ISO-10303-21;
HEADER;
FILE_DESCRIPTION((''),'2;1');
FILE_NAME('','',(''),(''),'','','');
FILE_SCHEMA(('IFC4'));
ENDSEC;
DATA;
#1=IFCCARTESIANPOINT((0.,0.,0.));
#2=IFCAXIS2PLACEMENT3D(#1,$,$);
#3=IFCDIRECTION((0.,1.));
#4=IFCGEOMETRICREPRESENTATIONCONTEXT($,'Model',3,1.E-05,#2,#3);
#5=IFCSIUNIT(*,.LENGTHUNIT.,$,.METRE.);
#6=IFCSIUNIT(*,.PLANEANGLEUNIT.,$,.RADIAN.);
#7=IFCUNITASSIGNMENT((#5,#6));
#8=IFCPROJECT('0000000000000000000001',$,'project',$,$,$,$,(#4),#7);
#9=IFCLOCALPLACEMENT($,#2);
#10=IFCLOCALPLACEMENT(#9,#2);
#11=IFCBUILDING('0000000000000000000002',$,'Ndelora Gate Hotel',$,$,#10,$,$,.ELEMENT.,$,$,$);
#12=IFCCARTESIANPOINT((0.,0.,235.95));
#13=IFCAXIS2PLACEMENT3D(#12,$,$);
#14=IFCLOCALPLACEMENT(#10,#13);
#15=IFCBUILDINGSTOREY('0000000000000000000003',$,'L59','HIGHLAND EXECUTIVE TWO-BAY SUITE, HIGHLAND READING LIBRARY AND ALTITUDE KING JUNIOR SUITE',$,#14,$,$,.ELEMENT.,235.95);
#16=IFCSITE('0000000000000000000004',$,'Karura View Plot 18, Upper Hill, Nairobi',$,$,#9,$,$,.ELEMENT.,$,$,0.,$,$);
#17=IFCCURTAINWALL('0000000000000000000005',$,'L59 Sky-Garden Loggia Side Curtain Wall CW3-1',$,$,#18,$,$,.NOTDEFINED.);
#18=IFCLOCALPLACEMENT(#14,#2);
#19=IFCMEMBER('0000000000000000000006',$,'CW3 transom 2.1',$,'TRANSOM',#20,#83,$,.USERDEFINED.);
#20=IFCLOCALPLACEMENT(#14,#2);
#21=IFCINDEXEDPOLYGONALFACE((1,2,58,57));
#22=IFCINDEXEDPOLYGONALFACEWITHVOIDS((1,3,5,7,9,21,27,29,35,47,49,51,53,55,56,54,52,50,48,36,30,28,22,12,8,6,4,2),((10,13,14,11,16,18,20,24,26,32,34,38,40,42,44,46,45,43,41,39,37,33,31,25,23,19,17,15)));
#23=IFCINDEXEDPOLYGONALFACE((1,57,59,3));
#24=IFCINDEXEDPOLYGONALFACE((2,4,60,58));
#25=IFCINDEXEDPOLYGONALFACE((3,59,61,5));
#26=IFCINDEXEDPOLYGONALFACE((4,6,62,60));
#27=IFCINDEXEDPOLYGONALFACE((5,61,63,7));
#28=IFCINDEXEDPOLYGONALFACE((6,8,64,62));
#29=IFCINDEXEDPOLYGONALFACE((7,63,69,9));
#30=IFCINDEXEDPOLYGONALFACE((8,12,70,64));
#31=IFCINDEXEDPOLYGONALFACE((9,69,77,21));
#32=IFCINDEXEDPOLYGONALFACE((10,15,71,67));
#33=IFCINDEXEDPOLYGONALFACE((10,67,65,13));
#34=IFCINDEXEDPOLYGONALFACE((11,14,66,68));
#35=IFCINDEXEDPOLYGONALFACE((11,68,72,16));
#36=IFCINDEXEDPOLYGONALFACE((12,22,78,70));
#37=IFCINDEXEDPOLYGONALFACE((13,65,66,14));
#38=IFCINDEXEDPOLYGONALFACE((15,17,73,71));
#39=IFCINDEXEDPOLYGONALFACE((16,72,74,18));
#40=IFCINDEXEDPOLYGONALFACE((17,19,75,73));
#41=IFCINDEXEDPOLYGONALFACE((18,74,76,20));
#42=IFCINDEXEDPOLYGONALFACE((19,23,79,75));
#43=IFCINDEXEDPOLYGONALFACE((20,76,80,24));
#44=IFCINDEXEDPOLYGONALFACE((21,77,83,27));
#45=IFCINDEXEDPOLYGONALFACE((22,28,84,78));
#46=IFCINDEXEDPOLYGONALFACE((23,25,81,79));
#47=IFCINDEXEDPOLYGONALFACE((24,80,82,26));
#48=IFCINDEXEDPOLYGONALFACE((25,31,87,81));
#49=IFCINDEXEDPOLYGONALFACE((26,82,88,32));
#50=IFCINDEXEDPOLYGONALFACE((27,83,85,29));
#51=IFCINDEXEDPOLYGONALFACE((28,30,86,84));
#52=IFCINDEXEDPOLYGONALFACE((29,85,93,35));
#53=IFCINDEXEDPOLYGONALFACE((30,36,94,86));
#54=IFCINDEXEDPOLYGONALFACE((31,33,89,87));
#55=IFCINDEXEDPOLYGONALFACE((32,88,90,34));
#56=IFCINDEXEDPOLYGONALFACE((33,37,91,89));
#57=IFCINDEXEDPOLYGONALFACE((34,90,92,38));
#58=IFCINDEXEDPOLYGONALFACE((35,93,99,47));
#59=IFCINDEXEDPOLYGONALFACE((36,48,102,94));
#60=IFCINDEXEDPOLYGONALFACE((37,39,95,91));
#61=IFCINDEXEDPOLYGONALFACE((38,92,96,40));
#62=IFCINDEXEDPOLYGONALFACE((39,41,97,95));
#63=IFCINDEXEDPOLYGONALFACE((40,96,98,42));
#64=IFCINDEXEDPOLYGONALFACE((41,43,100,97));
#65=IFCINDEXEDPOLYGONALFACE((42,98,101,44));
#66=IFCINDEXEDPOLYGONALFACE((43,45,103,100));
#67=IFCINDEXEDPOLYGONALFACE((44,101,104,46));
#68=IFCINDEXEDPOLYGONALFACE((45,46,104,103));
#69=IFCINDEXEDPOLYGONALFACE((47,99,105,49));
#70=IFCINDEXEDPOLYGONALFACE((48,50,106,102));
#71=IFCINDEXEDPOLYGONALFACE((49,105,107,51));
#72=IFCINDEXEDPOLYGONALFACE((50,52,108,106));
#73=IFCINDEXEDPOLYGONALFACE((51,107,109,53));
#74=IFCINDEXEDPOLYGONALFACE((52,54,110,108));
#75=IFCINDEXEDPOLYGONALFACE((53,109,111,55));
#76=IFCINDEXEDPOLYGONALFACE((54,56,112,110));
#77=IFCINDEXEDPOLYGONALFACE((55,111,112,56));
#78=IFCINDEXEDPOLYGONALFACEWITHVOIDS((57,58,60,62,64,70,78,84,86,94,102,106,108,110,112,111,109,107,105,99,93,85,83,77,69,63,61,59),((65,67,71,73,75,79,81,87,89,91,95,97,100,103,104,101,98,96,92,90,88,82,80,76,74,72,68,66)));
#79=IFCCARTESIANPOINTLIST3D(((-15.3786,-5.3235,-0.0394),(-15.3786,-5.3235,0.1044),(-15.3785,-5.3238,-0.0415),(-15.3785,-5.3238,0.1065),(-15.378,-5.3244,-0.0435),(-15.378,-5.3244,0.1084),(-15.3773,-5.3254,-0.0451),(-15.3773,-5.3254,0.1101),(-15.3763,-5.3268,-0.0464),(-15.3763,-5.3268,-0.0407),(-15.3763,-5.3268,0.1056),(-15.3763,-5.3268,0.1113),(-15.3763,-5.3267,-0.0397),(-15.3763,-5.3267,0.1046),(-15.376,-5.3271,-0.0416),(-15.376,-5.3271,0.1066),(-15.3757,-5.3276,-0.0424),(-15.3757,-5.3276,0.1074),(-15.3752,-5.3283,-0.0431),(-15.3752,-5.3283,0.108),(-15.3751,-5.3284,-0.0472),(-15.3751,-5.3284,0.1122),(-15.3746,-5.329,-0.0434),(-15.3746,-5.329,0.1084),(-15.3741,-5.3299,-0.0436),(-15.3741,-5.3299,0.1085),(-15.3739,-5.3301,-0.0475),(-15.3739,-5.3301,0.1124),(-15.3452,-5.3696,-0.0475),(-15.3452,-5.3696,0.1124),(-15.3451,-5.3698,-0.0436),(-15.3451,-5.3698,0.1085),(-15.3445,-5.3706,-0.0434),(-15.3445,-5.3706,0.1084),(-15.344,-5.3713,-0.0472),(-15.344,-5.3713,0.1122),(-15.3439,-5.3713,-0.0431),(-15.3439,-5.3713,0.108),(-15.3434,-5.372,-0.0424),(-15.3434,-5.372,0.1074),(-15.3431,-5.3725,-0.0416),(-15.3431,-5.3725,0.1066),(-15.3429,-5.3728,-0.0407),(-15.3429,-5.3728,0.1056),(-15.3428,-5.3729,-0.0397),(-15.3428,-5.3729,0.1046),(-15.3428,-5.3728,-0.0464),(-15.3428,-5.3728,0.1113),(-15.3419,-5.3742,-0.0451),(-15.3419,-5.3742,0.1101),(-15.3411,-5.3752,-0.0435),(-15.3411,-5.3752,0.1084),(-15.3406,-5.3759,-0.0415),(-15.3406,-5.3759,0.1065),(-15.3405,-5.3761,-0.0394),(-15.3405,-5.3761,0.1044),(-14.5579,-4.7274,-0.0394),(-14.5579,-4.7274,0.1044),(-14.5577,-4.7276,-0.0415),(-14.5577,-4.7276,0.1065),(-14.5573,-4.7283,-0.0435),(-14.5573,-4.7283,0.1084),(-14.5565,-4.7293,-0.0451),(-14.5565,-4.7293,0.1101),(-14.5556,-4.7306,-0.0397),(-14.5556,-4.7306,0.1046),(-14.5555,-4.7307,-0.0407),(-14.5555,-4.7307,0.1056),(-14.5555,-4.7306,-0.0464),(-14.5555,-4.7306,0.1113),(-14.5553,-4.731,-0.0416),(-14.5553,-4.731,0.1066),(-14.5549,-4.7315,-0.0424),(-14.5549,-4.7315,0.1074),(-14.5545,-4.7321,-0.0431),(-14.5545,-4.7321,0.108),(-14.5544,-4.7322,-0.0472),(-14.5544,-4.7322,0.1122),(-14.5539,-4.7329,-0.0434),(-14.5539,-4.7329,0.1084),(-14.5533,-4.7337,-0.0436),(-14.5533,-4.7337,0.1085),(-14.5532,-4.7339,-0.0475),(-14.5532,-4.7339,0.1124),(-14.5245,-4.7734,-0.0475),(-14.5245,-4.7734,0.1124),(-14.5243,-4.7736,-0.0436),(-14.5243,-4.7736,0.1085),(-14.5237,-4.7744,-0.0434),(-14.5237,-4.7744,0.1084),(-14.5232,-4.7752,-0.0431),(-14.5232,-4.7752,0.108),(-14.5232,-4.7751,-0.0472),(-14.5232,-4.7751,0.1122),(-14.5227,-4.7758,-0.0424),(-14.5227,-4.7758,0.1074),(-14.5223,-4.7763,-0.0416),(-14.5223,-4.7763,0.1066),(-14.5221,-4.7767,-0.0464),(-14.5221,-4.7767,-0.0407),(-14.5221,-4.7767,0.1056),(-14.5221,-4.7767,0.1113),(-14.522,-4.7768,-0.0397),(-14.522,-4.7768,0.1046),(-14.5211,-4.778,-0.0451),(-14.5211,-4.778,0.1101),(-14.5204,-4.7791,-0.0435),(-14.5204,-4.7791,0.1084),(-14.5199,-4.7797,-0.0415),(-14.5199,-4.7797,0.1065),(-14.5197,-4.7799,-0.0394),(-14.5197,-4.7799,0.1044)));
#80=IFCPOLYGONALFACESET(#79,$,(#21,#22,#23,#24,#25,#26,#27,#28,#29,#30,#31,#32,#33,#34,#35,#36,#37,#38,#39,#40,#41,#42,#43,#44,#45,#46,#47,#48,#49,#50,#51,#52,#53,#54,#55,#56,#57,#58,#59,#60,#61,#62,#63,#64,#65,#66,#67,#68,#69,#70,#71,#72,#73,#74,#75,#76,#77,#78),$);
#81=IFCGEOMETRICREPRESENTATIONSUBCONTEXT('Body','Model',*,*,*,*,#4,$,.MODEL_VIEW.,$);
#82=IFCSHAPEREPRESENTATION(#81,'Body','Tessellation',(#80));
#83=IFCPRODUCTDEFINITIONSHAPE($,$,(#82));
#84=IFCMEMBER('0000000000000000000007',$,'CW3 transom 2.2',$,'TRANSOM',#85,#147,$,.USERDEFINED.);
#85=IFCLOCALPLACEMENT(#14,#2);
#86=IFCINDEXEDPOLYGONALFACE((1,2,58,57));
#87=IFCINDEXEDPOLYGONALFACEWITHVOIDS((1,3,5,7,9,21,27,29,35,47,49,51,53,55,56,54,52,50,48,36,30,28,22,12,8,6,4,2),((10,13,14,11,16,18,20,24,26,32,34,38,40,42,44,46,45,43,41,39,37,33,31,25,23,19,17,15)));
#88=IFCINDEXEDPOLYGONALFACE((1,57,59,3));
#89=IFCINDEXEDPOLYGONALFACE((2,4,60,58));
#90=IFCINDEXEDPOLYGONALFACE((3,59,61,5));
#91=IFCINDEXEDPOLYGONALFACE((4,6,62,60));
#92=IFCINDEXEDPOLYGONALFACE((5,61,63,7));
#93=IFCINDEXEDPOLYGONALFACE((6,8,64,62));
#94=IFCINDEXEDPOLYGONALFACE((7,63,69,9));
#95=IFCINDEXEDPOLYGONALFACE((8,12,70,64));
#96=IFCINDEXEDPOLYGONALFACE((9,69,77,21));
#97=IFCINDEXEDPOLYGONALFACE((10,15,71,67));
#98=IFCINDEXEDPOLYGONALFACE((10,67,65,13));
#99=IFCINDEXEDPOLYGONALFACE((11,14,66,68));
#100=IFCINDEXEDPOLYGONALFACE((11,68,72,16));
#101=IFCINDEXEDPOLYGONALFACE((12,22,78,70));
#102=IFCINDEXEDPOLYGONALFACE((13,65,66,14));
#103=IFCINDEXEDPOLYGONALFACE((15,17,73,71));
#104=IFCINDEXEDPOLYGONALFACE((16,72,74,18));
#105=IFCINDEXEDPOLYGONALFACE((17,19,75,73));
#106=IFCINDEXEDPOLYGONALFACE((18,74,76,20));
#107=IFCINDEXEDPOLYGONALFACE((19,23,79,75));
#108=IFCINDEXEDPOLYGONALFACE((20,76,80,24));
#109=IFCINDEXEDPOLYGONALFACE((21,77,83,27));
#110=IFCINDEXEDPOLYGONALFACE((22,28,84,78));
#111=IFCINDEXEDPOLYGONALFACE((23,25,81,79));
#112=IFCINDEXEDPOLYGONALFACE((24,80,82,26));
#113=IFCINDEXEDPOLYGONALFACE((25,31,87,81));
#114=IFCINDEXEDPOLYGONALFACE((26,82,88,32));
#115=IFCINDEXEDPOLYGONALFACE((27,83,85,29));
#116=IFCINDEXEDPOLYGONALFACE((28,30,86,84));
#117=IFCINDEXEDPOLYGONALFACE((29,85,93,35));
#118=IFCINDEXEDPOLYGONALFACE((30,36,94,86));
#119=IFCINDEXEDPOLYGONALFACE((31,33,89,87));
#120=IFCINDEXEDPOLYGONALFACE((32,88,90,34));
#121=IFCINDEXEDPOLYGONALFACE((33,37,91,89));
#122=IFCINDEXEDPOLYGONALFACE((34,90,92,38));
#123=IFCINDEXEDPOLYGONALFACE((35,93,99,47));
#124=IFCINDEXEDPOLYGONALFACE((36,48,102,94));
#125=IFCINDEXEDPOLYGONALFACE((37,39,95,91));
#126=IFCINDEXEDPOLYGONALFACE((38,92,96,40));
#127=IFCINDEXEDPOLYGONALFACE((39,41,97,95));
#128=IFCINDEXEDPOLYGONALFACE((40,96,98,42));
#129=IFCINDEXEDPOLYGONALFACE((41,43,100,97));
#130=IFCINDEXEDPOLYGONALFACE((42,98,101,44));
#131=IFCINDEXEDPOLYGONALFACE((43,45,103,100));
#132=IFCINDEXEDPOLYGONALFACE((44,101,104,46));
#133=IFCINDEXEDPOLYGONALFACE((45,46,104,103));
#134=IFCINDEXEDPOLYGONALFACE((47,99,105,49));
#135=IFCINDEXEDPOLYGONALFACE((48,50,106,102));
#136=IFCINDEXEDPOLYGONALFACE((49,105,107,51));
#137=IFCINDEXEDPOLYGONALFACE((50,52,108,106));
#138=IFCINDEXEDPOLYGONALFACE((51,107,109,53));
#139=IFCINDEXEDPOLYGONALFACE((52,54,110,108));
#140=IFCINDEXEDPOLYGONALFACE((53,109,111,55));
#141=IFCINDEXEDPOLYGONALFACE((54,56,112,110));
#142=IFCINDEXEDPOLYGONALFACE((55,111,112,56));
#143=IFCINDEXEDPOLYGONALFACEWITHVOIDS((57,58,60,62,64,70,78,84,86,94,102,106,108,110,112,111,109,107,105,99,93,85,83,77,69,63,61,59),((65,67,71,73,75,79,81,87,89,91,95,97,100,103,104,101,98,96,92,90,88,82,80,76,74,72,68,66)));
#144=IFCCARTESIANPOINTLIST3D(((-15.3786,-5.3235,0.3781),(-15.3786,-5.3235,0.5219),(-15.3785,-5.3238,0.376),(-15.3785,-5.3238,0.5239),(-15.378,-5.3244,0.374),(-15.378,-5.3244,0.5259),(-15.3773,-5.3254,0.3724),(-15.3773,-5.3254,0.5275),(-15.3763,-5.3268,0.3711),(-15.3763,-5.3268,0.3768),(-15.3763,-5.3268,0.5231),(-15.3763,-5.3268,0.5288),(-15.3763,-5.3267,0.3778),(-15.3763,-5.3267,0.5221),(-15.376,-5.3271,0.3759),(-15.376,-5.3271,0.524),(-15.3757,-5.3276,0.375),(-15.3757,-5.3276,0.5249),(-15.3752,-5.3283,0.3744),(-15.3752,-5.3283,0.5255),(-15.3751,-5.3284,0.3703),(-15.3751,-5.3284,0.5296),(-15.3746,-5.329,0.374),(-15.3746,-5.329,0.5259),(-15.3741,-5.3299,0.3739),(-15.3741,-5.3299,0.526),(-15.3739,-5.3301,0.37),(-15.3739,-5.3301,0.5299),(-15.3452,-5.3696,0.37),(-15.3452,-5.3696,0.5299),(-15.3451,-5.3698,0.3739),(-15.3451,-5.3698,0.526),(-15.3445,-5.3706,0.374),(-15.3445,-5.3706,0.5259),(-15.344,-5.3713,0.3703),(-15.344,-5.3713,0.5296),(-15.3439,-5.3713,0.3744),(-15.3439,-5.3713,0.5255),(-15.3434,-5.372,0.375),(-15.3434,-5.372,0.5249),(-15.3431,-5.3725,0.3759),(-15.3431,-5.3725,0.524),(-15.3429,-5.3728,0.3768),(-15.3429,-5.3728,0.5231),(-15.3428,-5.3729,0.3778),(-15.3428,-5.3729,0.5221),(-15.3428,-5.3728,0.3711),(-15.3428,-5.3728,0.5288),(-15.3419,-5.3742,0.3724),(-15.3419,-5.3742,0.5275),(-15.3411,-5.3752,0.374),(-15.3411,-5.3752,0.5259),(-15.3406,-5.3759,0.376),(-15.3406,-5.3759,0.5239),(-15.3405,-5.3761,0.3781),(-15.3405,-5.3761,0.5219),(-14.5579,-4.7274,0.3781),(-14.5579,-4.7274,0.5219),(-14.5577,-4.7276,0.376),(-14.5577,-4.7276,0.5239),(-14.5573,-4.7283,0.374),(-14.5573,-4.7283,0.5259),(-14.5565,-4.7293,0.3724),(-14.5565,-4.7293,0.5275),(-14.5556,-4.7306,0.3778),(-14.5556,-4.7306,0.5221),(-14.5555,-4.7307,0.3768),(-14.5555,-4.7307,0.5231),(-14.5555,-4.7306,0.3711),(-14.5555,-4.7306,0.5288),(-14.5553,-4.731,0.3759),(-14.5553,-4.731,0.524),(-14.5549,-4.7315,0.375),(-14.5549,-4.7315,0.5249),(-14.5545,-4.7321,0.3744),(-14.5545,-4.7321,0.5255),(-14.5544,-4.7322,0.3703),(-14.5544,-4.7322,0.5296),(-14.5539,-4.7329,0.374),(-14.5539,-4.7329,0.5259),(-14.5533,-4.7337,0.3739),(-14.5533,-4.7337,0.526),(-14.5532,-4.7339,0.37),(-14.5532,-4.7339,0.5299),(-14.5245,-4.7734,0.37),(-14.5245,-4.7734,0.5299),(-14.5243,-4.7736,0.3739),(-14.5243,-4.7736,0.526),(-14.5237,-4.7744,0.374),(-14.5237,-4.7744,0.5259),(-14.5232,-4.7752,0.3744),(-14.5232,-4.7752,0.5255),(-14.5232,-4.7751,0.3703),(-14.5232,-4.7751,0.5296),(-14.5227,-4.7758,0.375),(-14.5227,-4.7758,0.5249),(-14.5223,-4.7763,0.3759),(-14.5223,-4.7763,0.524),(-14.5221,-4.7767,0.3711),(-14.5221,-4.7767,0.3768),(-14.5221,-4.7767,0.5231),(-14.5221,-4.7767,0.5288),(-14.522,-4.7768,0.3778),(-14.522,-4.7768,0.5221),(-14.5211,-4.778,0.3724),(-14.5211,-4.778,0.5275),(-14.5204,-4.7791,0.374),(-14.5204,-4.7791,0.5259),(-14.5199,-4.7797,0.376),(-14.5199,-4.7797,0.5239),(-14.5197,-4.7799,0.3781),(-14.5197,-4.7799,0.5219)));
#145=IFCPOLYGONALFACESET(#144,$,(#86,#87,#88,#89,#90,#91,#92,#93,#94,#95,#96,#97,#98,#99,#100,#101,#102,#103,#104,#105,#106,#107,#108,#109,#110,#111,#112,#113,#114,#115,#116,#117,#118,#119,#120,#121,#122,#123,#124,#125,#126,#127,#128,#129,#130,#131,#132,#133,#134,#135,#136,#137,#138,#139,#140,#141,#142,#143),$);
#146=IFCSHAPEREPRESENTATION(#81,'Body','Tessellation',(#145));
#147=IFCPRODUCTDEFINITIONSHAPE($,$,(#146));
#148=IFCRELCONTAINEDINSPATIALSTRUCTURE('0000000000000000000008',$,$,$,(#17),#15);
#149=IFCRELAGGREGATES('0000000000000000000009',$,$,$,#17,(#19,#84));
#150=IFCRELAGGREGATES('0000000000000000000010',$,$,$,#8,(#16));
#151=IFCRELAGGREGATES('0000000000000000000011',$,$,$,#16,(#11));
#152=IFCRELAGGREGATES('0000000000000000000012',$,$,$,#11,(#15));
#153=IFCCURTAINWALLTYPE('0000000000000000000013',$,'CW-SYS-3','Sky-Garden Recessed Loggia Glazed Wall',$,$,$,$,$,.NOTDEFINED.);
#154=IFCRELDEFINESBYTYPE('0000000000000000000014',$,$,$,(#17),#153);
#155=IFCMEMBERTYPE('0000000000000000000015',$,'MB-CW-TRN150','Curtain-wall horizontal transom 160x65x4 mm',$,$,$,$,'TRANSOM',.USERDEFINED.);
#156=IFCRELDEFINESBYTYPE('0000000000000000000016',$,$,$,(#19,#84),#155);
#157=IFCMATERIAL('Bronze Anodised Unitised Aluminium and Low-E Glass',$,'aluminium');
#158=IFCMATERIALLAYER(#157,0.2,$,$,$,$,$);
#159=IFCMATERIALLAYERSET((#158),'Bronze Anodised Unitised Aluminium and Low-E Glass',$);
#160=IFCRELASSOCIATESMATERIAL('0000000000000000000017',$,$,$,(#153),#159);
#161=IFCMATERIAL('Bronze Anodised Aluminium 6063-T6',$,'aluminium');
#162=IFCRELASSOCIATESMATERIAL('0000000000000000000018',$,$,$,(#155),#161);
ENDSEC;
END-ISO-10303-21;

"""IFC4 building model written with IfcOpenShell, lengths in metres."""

from ifc_helpers import new_model, si_unit, direction, frame, origin, origin_2d, place, context, subcontext, project, spatial, hollow_rectangle, extrude, material, layer, layer_set, material_profile, profile_set, type_object, element, aggregate, save


model = new_model("IFC4")

# Units and contexts
model_context = context("Model", 3, precision=1e-05, world=origin(), true_north=direction((0.0, 1.0)))
body_context = subcontext(model_context, "Body", "Model", "MODEL_VIEW")
ifc_project = project(units=[si_unit("LENGTHUNIT", "METRE"), si_unit("PLANEANGLEUNIT", "RADIAN")], contexts=[model_context])

# Site, building, storey
site_placement = place(None, origin())
site = spatial("IfcSite", under=ifc_project, at=site_placement, Name="Karura View Plot 18, Upper Hill, Nairobi", CompositionType="ELEMENT", RefElevation=0.0)
building_placement = place(site_placement, origin())
building = spatial("IfcBuilding", under=site, at=building_placement, Name="Ndelora Gate Hotel", CompositionType="ELEMENT")
storey_placement = place(building_placement, frame((0.0, 0.0, 235.95)))
storey = spatial("IfcBuildingStorey", under=building, at=storey_placement, Name="L59", Description="HIGHLAND EXECUTIVE TWO-BAY SUITE, HIGHLAND READING LIBRARY AND ALTITUDE KING JUNIOR SUITE", CompositionType="ELEMENT", Elevation=235.95)

# Curtain wall, members
ifc_material_1 = material(Name="Bronze Anodised Unitised Aluminium and Low-E Glass", Category="aluminium")
ifc_layer_1 = layer(ifc_material_1, 0.2)
ifc_layer_set_1 = layer_set([ifc_layer_1], Name="Bronze Anodised Unitised Aluminium and Low-E Glass")
curtain_wall_type = type_object("IfcCurtainWallType", Name="CW-SYS-3", Description="Sky-Garden Recessed Loggia Glazed Wall", PredefinedType="NOTDEFINED", material=ifc_layer_set_1)
curtain_wall_placement = place(storey_placement, origin())
curtain_wall = element("IfcCurtainWall", 1, at=curtain_wall_placement, inside=storey, type_object=curtain_wall_type, Name="L59 Sky-Garden Loggia Side Curtain Wall CW3-1", PredefinedType="NOTDEFINED")
ifc_material_2 = material(Name="Bronze Anodised Aluminium 6063-T6", Category="aluminium")
ifc_material_profile_1 = material_profile(ifc_material_2, hollow_rectangle(XDim=0.0649, YDim=0.1599, WallThickness=0.0039, InnerFilletRadius=0.0039, OuterFilletRadius=0.0081, at=origin_2d()), Name="ALU 160x65x4")
ifc_profile_set_1 = profile_set([ifc_material_profile_1], Name="Bronze Anodised Aluminium 6063-T6")
member_type_1 = type_object("IfcMemberType", Name="MB-CW-TRN150", Description="Curtain-wall horizontal transom 160x65x4 mm", ElementType="TRANSOM", PredefinedType="USERDEFINED", material=ifc_profile_set_1)
member_1_placement = place(storey_placement, frame((-14.5388, -4.7537, 0.0325), z_axis=(-0.80909, -0.587685, 0.0), x_axis=(0.587685, -0.80909, 0.0)))
member_1 = element("IfcMember", 2, at=member_1_placement, type_object=member_type_1, Name="CW3 transom 2.1", ObjectType="TRANSOM", PredefinedType="USERDEFINED", context=body_context, shape_type="SweptSolid", body=[
    extrude(hollow_rectangle(XDim=0.0649, YDim=0.1599, WallThickness=0.0039, InnerFilletRadius=0.0039, OuterFilletRadius=0.0081, at=origin_2d()), origin(), (0.0, 0.0, 1.0), 1.0144),
])
member_2_placement = place(storey_placement, frame((-14.5388, -4.7537, 0.45), z_axis=(-0.80909, -0.587685, 0.0), x_axis=(0.587685, -0.80909, 0.0)))
member_2 = element("IfcMember", 3, at=member_2_placement, type_object=member_type_1, Name="CW3 transom 2.2", ObjectType="TRANSOM", PredefinedType="USERDEFINED", context=body_context, shape_type="SweptSolid", body=[
    extrude(hollow_rectangle(XDim=0.0649, YDim=0.1599, WallThickness=0.0039, InnerFilletRadius=0.0039, OuterFilletRadius=0.0081, at=origin_2d()), origin(), (0.0, 0.0, 1.0), 1.0144),
])
aggregate(curtain_wall, [member_1, member_2])

save(model, "model.ifc")
